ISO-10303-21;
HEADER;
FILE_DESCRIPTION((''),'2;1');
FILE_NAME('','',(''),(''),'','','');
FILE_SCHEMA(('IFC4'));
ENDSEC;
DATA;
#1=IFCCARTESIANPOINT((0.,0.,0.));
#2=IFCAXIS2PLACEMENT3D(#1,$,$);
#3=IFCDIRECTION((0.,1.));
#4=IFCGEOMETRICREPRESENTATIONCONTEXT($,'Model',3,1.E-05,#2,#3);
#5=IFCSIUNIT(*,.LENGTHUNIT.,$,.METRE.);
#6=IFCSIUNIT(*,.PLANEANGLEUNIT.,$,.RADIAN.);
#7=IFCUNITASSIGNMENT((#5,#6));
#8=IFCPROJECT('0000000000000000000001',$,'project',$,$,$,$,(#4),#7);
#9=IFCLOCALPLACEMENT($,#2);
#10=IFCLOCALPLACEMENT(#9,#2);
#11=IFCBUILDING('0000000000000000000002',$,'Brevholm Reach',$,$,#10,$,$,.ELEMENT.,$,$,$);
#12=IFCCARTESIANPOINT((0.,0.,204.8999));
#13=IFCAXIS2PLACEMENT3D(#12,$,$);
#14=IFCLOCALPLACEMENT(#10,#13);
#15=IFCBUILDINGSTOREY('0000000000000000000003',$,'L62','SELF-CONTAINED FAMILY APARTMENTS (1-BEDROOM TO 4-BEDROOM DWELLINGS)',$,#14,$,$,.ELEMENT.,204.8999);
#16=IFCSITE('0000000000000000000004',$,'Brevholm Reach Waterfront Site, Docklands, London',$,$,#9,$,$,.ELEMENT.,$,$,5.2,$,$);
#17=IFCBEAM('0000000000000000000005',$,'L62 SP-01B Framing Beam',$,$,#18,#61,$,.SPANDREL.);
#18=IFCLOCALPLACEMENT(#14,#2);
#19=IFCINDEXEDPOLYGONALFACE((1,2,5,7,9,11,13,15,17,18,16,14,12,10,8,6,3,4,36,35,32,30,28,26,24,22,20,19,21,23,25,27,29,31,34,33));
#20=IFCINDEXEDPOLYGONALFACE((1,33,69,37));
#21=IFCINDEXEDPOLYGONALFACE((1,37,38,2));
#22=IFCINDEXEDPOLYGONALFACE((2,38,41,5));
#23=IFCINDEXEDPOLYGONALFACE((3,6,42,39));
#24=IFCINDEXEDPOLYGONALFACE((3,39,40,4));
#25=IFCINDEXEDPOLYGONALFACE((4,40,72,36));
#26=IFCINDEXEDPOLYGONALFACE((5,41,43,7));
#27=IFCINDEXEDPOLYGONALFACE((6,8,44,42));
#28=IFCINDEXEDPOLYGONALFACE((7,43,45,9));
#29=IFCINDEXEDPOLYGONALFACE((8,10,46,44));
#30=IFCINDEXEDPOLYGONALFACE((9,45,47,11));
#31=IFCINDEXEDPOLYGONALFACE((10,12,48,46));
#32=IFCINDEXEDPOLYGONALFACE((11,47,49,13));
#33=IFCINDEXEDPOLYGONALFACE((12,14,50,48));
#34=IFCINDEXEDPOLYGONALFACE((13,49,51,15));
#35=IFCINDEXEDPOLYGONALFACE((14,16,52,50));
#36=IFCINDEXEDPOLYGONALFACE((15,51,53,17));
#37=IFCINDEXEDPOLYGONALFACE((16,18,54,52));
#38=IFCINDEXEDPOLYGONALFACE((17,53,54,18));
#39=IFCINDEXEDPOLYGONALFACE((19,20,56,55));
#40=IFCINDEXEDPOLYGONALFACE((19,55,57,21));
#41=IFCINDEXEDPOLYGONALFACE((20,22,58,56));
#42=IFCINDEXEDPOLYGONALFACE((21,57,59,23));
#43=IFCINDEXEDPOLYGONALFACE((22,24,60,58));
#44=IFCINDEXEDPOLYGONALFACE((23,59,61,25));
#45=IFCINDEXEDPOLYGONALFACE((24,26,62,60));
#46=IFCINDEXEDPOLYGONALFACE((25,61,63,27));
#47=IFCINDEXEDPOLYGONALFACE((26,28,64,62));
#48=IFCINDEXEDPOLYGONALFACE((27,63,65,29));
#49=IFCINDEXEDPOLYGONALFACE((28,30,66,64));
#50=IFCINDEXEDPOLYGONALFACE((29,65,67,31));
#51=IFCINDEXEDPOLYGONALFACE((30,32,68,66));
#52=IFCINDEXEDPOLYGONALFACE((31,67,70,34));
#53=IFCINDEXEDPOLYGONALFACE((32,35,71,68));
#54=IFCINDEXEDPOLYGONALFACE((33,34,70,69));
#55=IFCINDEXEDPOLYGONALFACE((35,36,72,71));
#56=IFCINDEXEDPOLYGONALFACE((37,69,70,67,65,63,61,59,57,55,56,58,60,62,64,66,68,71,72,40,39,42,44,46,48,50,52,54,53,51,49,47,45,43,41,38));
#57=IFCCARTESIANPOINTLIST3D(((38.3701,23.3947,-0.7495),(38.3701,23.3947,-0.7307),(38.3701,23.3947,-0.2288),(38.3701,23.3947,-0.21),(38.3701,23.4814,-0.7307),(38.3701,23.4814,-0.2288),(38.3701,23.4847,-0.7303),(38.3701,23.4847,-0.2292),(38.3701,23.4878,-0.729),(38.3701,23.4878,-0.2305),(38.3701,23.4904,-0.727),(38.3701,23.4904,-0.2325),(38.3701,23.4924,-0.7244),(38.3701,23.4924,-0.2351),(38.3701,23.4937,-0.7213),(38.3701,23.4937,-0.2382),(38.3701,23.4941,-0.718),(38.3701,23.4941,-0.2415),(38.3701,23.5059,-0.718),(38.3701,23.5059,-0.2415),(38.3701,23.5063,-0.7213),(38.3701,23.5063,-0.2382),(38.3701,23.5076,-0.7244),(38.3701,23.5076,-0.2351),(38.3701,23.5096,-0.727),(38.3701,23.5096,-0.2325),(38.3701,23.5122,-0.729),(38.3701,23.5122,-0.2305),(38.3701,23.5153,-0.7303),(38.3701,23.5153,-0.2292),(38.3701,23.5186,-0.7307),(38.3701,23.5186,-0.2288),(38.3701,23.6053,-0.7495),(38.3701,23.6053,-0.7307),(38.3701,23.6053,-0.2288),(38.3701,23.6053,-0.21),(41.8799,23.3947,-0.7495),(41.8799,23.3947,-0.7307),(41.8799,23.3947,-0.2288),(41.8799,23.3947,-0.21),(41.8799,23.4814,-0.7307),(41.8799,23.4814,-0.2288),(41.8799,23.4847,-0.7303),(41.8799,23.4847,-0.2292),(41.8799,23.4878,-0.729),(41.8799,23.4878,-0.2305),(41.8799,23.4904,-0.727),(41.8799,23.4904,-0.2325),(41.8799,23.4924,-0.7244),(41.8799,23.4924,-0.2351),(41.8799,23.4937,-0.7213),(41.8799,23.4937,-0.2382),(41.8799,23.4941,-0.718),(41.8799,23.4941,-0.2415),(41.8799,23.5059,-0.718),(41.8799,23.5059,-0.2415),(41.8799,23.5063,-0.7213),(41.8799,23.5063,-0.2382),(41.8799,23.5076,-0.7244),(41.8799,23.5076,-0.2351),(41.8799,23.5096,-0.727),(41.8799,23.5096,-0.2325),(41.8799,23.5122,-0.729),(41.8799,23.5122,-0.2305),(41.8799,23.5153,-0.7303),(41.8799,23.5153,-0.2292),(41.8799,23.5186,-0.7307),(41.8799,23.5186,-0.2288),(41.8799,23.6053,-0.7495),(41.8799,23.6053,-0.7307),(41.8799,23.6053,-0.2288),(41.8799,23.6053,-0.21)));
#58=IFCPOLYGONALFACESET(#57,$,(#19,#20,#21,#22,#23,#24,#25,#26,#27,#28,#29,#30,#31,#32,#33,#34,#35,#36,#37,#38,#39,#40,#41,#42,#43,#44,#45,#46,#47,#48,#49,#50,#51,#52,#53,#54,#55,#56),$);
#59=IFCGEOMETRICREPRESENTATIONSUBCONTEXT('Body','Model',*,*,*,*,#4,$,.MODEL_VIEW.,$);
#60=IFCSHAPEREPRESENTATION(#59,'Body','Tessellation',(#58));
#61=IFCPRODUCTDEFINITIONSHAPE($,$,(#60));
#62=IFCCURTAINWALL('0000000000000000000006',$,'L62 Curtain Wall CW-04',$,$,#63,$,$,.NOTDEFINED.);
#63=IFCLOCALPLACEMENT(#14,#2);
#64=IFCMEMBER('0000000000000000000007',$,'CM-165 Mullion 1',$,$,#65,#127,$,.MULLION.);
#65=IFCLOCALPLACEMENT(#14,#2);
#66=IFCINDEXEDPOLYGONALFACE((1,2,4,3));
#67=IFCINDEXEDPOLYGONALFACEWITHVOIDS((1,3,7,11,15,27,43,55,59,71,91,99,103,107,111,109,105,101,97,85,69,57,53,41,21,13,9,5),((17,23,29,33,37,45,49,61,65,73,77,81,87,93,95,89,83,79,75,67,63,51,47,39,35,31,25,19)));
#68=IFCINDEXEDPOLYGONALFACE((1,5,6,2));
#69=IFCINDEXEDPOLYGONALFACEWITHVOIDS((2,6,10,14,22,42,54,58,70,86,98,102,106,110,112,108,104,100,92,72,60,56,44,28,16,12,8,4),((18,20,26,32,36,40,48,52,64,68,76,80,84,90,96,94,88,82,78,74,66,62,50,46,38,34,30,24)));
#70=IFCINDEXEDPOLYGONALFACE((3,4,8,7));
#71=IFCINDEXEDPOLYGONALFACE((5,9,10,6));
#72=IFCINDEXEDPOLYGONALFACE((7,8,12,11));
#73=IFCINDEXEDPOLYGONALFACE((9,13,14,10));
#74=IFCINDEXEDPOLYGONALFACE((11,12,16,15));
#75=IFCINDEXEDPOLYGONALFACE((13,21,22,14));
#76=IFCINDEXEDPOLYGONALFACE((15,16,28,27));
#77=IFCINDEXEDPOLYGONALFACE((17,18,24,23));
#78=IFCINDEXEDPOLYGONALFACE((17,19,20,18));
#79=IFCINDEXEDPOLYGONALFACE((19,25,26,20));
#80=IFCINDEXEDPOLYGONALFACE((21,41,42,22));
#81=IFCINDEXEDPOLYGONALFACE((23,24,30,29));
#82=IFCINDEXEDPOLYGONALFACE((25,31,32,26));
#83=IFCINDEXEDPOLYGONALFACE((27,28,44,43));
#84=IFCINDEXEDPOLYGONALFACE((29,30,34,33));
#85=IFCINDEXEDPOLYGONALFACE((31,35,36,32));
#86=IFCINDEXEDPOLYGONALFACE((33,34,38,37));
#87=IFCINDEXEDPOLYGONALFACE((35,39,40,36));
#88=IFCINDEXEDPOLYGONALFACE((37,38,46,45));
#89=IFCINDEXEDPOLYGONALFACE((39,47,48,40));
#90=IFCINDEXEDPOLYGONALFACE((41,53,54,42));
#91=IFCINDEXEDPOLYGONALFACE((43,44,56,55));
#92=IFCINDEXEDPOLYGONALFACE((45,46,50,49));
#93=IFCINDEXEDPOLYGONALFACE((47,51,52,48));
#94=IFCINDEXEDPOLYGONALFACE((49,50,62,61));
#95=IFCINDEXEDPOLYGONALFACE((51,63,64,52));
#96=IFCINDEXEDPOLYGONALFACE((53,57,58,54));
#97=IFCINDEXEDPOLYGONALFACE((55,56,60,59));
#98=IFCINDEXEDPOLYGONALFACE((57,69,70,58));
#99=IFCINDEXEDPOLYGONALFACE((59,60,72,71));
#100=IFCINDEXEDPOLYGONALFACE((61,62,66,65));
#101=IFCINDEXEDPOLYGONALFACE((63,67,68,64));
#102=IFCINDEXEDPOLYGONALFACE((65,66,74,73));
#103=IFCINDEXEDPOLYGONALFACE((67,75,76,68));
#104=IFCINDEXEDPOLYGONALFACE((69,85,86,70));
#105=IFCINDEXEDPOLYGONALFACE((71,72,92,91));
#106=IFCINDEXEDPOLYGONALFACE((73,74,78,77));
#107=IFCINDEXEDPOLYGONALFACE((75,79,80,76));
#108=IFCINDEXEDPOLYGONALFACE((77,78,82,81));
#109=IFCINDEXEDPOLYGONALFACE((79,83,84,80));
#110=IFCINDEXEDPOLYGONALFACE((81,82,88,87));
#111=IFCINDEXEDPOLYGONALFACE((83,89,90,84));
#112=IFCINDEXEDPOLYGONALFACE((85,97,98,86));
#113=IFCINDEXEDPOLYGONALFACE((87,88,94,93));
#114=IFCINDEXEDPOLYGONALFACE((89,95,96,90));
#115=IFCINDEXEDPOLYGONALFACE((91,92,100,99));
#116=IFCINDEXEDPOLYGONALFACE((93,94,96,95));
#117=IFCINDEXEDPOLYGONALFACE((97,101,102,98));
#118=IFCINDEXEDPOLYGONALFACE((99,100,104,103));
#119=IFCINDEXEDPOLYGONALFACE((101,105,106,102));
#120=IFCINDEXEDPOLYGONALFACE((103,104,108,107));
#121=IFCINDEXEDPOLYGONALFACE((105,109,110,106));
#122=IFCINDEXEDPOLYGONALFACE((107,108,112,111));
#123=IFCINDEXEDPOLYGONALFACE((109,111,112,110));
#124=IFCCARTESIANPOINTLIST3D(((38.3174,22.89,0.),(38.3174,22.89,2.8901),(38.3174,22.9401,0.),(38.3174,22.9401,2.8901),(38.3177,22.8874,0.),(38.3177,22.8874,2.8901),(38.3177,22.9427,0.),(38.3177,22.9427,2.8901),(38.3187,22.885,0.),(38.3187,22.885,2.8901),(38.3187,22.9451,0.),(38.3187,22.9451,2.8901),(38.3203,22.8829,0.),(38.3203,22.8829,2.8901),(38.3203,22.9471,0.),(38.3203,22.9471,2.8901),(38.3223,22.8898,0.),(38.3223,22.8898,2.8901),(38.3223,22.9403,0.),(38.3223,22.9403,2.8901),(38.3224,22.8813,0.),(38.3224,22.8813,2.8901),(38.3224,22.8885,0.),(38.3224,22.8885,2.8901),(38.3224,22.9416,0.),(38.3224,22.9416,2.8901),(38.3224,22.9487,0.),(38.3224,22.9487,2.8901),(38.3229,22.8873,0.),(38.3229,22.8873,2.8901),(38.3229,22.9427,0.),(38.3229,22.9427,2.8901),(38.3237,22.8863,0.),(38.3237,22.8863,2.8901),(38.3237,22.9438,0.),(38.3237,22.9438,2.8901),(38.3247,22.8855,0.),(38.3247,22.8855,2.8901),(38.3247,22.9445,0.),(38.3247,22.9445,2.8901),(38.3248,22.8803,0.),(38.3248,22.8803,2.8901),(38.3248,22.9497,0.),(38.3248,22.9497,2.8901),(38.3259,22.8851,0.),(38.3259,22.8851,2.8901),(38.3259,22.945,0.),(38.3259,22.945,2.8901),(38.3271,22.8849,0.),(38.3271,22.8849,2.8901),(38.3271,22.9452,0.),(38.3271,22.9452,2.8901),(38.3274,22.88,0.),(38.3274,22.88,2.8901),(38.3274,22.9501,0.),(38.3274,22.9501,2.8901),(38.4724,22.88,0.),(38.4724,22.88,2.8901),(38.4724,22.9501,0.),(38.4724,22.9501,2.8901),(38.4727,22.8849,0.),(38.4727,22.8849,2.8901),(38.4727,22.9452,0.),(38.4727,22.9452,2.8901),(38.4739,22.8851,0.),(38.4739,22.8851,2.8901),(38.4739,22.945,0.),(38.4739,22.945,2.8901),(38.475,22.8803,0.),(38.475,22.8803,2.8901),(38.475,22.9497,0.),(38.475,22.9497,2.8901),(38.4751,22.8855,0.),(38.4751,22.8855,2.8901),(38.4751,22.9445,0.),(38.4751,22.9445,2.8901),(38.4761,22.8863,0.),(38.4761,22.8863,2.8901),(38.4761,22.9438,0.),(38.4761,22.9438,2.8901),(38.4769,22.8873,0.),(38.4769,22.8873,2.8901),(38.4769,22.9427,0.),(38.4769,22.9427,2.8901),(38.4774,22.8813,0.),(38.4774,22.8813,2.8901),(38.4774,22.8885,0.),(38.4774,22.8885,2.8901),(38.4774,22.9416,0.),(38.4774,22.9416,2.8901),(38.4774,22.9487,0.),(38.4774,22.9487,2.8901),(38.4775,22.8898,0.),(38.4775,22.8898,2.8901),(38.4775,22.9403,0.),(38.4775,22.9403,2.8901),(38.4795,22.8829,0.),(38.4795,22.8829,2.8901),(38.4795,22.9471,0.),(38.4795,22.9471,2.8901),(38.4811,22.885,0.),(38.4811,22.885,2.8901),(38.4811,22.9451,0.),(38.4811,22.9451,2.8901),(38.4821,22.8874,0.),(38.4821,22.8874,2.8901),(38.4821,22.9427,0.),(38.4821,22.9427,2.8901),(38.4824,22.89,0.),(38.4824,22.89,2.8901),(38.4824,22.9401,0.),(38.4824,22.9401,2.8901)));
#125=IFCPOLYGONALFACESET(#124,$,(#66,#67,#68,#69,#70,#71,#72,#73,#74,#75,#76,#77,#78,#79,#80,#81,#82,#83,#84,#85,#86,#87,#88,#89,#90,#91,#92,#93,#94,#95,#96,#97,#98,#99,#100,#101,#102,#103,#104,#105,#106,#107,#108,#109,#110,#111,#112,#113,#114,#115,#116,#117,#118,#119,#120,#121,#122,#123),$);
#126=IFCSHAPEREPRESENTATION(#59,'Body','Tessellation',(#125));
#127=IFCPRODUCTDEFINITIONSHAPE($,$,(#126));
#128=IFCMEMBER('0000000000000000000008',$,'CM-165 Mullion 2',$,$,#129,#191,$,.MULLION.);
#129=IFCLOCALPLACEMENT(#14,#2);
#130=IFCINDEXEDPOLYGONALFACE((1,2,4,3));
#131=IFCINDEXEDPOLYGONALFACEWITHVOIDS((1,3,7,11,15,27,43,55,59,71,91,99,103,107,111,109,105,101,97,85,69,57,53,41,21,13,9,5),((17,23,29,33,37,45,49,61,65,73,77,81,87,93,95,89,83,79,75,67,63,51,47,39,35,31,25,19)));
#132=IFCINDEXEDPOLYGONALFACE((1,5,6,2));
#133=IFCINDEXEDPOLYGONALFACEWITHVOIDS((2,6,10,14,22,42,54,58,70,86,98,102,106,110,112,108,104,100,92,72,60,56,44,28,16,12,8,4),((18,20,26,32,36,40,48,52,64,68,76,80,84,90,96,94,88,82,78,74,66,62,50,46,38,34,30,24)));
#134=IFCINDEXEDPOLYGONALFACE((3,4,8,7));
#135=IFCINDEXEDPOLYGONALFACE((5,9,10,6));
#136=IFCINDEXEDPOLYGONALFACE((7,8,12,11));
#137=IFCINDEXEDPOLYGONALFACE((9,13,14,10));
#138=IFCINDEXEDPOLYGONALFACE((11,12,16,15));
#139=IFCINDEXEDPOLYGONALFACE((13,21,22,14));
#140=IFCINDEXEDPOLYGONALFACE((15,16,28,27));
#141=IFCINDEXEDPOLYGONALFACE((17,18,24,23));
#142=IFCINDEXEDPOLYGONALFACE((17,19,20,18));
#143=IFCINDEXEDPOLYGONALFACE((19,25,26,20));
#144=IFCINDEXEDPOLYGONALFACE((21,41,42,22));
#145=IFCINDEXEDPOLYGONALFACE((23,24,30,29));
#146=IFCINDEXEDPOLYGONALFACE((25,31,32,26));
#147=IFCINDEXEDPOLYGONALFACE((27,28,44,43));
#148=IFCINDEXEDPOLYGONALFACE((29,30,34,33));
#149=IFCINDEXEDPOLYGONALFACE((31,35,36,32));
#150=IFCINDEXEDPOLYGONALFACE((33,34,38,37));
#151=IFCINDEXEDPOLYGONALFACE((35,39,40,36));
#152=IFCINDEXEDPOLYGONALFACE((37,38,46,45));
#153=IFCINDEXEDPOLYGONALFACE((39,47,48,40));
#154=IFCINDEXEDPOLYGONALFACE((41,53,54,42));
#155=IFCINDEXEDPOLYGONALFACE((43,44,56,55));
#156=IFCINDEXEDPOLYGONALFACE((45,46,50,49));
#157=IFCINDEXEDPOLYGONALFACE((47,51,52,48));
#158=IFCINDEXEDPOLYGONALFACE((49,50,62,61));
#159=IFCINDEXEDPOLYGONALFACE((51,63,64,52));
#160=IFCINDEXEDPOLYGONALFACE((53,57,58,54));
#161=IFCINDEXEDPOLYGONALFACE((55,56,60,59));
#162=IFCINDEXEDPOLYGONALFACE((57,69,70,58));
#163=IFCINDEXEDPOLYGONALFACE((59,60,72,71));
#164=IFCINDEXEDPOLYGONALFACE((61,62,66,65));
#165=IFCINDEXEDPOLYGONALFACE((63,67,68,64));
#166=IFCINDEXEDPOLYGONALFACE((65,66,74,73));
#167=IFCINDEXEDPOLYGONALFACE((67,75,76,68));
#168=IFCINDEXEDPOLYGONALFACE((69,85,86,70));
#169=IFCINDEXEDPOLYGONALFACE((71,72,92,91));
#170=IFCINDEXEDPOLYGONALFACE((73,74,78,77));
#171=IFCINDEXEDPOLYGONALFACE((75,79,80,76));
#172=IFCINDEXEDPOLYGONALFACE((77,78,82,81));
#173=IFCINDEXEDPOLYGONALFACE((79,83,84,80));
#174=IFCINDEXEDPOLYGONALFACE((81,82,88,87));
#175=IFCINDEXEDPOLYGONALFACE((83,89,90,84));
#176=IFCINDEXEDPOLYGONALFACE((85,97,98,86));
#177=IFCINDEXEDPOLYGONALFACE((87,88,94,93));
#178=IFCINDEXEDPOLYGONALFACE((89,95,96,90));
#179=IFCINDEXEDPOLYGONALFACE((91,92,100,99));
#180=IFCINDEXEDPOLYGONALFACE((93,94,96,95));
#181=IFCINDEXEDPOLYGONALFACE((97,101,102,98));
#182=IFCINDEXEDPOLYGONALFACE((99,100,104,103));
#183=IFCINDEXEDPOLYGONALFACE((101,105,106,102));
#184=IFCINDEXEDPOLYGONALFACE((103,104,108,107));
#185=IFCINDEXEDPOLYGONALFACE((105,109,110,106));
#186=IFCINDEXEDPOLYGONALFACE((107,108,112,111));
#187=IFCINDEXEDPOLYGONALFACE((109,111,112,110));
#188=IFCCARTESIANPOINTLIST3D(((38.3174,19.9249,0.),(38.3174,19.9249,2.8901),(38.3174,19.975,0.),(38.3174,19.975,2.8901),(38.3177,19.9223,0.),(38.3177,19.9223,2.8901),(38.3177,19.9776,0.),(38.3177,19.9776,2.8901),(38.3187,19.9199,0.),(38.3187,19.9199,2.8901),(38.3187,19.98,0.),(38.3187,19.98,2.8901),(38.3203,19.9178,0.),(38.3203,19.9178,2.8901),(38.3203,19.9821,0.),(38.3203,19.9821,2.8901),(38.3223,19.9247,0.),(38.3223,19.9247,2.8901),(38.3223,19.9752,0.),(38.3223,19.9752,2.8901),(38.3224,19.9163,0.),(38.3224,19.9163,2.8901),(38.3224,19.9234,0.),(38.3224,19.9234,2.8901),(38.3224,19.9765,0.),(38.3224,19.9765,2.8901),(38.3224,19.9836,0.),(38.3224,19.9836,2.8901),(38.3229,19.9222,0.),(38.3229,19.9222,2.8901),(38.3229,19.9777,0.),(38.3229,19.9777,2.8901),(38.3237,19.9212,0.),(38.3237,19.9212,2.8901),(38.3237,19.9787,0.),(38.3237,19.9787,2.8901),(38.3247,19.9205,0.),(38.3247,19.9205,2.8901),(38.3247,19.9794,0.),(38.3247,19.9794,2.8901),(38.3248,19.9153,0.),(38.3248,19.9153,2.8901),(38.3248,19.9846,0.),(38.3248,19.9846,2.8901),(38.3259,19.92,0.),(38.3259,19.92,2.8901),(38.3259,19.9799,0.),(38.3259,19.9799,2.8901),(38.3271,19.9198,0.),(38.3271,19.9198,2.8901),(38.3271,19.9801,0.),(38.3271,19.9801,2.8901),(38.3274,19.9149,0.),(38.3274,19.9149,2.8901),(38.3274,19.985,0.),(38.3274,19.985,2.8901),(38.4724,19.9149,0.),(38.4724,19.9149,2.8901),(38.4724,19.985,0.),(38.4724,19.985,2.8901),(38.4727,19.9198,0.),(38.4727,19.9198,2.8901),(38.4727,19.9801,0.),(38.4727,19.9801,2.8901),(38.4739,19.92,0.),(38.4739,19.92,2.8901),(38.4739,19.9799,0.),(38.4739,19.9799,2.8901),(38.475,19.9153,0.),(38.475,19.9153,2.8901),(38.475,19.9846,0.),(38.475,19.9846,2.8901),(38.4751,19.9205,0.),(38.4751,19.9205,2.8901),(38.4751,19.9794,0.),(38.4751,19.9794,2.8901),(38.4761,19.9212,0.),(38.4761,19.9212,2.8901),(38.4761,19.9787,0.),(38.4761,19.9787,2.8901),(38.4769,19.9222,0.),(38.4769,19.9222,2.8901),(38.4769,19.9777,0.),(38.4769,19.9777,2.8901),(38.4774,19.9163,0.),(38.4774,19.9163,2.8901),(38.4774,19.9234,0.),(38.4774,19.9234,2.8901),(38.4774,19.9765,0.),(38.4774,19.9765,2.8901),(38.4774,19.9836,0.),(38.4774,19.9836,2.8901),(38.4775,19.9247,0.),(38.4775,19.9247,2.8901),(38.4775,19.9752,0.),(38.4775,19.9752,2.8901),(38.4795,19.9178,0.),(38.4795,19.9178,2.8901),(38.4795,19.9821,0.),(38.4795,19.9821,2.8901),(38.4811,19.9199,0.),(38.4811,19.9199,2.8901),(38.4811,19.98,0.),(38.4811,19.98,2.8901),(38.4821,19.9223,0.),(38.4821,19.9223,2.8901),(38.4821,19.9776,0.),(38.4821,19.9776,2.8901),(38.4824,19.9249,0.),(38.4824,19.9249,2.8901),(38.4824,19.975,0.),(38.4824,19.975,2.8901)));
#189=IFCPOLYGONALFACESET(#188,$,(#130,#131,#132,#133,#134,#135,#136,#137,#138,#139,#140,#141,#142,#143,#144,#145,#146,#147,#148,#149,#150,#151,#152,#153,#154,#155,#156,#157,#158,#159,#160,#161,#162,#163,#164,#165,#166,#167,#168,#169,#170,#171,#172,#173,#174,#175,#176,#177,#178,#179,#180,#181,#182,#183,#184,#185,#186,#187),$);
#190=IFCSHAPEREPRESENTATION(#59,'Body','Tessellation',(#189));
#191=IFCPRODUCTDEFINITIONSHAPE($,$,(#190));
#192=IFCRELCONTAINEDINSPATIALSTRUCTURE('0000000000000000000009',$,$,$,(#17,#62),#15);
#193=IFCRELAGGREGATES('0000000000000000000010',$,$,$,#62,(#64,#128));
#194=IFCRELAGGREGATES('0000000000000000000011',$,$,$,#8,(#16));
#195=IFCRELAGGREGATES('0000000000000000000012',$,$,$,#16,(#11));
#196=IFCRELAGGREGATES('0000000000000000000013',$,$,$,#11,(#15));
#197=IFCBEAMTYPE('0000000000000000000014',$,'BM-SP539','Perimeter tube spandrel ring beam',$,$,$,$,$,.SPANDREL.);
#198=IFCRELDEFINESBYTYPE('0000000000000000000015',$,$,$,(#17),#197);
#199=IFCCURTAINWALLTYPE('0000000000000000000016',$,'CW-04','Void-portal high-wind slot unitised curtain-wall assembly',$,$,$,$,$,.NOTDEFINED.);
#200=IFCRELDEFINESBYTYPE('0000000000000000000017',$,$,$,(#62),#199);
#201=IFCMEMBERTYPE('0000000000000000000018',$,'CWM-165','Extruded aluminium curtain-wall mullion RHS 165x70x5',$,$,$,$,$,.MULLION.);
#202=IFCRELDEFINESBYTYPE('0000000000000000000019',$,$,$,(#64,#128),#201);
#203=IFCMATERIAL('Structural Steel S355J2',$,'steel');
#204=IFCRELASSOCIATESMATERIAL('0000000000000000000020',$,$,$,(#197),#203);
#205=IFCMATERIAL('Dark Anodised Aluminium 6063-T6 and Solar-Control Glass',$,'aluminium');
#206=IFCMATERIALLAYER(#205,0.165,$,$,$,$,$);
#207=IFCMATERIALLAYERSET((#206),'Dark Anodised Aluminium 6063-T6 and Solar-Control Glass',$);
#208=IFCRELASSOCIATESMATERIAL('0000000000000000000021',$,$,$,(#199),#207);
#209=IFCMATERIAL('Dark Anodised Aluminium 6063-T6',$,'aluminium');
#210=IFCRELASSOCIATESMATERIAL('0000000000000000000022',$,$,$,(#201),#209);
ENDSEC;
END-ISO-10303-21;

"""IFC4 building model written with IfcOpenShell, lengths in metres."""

from ifc_helpers import new_model, si_unit, direction, frame, origin, origin_2d, place, context, subcontext, project, spatial, hollow_rectangle, i_section, extrude, material, layer, layer_set, material_profile, profile_set, type_object, element, aggregate, save


model = new_model("IFC4")

# Units and contexts
model_context = context("Model", 3, precision=1e-05, world=origin(), true_north=direction((0.0, 1.0)))
body_context = subcontext(model_context, "Body", "Model", "MODEL_VIEW")
ifc_project = project(units=[si_unit("LENGTHUNIT", "METRE"), si_unit("PLANEANGLEUNIT", "RADIAN")], contexts=[model_context])

# Site, building, storey
site_placement = place(None, origin())
site = spatial("IfcSite", under=ifc_project, at=site_placement, Name="Brevholm Reach Waterfront Site, Docklands, London", CompositionType="ELEMENT", RefElevation=5.2)
building_placement = place(site_placement, origin())
building = spatial("IfcBuilding", under=site, at=building_placement, Name="Brevholm Reach", CompositionType="ELEMENT")
storey_placement = place(building_placement, frame((0.0, 0.0, 204.8999)))
storey = spatial("IfcBuildingStorey", under=building, at=storey_placement, Name="L62", Description="SELF-CONTAINED FAMILY APARTMENTS (1-BEDROOM TO 4-BEDROOM DWELLINGS)", CompositionType="ELEMENT", Elevation=204.8999)

# Beam
ifc_material_1 = material(Name="Structural Steel S355J2", Category="steel")
ifc_material_profile_1 = material_profile(ifc_material_1, i_section(OverallWidth=0.2107, OverallDepth=0.5396, WebThickness=0.0117, FlangeThickness=0.0188, FilletRadius=0.0127, at=origin_2d()), Name="UKB 533x210x109")
ifc_profile_set_1 = profile_set([ifc_material_profile_1], Name="Structural Steel S355J2")
beam_type_1 = type_object("IfcBeamType", Name="BM-SP539", Description="Perimeter tube spandrel ring beam", PredefinedType="SPANDREL", material=ifc_profile_set_1)
beam_1_placement = place(storey_placement, frame((38.3701, 23.5, -0.4797), z_axis=(1.0, 0.0, 0.0), x_axis=(0.0, 1.0, 0.0)))
element("IfcBeam", 1, at=beam_1_placement, inside=storey, type_object=beam_type_1, Name="L62 SP-01B Framing Beam", PredefinedType="SPANDREL", context=body_context, shape_type="SweptSolid", body=[
    extrude(i_section(OverallWidth=0.2107, OverallDepth=0.5396, WebThickness=0.0117, FlangeThickness=0.0188, FilletRadius=0.0127, at=origin_2d()), origin(), (0.0, 0.0, 1.0), 3.5098),
])

# Curtain wall, members
ifc_material_2 = material(Name="Dark Anodised Aluminium 6063-T6 and Solar-Control Glass", Category="aluminium")
ifc_layer_1 = layer(ifc_material_2, 0.165)
ifc_layer_set_1 = layer_set([ifc_layer_1], Name="Dark Anodised Aluminium 6063-T6 and Solar-Control Glass")
curtain_wall_type = type_object("IfcCurtainWallType", Name="CW-04", Description="Void-portal high-wind slot unitised curtain-wall assembly", PredefinedType="NOTDEFINED", material=ifc_layer_set_1)
curtain_wall_placement = place(storey_placement, origin())
curtain_wall = element("IfcCurtainWall", 2, at=curtain_wall_placement, inside=storey, type_object=curtain_wall_type, Name="L62 Curtain Wall CW-04", PredefinedType="NOTDEFINED")
ifc_material_3 = material(Name="Dark Anodised Aluminium 6063-T6", Category="aluminium")
ifc_material_profile_2 = material_profile(ifc_material_3, hollow_rectangle(XDim=0.0701, YDim=0.165, WallThickness=0.0049, InnerFilletRadius=0.0049, OuterFilletRadius=0.01, at=origin_2d()), Name="RHS 165x70x5")
ifc_profile_set_2 = profile_set([ifc_material_profile_2], Name="Dark Anodised Aluminium 6063-T6")
member_type_1 = type_object("IfcMemberType", Name="CWM-165", Description="Extruded aluminium curtain-wall mullion RHS 165x70x5", PredefinedType="MULLION", material=ifc_profile_set_2)
member_1_placement = place(storey_placement, frame((38.3999, 22.915, 0.0), z_axis=(0.0, 0.0, 1.0), x_axis=(0.0, -1.0, 0.0)))
member_1 = element("IfcMember", 3, at=member_1_placement, type_object=member_type_1, Name="CM-165 Mullion 1", PredefinedType="MULLION", context=body_context, shape_type="SweptSolid", body=[
    extrude(hollow_rectangle(XDim=0.0701, YDim=0.165, WallThickness=0.0049, InnerFilletRadius=0.0049, OuterFilletRadius=0.01, at=origin_2d()), origin(), (0.0, 0.0, 1.0), 2.8901),
])
member_2_placement = place(storey_placement, frame((38.3999, 19.95, 0.0), z_axis=(0.0, 0.0, 1.0), x_axis=(0.0, -1.0, 0.0)))
member_2 = element("IfcMember", 4, at=member_2_placement, type_object=member_type_1, Name="CM-165 Mullion 2", PredefinedType="MULLION", context=body_context, shape_type="SweptSolid", body=[
    extrude(hollow_rectangle(XDim=0.0701, YDim=0.165, WallThickness=0.0049, InnerFilletRadius=0.0049, OuterFilletRadius=0.01, at=origin_2d()), origin(), (0.0, 0.0, 1.0), 2.8901),
])
aggregate(curtain_wall, [member_1, member_2])

save(model, "model.ifc")
